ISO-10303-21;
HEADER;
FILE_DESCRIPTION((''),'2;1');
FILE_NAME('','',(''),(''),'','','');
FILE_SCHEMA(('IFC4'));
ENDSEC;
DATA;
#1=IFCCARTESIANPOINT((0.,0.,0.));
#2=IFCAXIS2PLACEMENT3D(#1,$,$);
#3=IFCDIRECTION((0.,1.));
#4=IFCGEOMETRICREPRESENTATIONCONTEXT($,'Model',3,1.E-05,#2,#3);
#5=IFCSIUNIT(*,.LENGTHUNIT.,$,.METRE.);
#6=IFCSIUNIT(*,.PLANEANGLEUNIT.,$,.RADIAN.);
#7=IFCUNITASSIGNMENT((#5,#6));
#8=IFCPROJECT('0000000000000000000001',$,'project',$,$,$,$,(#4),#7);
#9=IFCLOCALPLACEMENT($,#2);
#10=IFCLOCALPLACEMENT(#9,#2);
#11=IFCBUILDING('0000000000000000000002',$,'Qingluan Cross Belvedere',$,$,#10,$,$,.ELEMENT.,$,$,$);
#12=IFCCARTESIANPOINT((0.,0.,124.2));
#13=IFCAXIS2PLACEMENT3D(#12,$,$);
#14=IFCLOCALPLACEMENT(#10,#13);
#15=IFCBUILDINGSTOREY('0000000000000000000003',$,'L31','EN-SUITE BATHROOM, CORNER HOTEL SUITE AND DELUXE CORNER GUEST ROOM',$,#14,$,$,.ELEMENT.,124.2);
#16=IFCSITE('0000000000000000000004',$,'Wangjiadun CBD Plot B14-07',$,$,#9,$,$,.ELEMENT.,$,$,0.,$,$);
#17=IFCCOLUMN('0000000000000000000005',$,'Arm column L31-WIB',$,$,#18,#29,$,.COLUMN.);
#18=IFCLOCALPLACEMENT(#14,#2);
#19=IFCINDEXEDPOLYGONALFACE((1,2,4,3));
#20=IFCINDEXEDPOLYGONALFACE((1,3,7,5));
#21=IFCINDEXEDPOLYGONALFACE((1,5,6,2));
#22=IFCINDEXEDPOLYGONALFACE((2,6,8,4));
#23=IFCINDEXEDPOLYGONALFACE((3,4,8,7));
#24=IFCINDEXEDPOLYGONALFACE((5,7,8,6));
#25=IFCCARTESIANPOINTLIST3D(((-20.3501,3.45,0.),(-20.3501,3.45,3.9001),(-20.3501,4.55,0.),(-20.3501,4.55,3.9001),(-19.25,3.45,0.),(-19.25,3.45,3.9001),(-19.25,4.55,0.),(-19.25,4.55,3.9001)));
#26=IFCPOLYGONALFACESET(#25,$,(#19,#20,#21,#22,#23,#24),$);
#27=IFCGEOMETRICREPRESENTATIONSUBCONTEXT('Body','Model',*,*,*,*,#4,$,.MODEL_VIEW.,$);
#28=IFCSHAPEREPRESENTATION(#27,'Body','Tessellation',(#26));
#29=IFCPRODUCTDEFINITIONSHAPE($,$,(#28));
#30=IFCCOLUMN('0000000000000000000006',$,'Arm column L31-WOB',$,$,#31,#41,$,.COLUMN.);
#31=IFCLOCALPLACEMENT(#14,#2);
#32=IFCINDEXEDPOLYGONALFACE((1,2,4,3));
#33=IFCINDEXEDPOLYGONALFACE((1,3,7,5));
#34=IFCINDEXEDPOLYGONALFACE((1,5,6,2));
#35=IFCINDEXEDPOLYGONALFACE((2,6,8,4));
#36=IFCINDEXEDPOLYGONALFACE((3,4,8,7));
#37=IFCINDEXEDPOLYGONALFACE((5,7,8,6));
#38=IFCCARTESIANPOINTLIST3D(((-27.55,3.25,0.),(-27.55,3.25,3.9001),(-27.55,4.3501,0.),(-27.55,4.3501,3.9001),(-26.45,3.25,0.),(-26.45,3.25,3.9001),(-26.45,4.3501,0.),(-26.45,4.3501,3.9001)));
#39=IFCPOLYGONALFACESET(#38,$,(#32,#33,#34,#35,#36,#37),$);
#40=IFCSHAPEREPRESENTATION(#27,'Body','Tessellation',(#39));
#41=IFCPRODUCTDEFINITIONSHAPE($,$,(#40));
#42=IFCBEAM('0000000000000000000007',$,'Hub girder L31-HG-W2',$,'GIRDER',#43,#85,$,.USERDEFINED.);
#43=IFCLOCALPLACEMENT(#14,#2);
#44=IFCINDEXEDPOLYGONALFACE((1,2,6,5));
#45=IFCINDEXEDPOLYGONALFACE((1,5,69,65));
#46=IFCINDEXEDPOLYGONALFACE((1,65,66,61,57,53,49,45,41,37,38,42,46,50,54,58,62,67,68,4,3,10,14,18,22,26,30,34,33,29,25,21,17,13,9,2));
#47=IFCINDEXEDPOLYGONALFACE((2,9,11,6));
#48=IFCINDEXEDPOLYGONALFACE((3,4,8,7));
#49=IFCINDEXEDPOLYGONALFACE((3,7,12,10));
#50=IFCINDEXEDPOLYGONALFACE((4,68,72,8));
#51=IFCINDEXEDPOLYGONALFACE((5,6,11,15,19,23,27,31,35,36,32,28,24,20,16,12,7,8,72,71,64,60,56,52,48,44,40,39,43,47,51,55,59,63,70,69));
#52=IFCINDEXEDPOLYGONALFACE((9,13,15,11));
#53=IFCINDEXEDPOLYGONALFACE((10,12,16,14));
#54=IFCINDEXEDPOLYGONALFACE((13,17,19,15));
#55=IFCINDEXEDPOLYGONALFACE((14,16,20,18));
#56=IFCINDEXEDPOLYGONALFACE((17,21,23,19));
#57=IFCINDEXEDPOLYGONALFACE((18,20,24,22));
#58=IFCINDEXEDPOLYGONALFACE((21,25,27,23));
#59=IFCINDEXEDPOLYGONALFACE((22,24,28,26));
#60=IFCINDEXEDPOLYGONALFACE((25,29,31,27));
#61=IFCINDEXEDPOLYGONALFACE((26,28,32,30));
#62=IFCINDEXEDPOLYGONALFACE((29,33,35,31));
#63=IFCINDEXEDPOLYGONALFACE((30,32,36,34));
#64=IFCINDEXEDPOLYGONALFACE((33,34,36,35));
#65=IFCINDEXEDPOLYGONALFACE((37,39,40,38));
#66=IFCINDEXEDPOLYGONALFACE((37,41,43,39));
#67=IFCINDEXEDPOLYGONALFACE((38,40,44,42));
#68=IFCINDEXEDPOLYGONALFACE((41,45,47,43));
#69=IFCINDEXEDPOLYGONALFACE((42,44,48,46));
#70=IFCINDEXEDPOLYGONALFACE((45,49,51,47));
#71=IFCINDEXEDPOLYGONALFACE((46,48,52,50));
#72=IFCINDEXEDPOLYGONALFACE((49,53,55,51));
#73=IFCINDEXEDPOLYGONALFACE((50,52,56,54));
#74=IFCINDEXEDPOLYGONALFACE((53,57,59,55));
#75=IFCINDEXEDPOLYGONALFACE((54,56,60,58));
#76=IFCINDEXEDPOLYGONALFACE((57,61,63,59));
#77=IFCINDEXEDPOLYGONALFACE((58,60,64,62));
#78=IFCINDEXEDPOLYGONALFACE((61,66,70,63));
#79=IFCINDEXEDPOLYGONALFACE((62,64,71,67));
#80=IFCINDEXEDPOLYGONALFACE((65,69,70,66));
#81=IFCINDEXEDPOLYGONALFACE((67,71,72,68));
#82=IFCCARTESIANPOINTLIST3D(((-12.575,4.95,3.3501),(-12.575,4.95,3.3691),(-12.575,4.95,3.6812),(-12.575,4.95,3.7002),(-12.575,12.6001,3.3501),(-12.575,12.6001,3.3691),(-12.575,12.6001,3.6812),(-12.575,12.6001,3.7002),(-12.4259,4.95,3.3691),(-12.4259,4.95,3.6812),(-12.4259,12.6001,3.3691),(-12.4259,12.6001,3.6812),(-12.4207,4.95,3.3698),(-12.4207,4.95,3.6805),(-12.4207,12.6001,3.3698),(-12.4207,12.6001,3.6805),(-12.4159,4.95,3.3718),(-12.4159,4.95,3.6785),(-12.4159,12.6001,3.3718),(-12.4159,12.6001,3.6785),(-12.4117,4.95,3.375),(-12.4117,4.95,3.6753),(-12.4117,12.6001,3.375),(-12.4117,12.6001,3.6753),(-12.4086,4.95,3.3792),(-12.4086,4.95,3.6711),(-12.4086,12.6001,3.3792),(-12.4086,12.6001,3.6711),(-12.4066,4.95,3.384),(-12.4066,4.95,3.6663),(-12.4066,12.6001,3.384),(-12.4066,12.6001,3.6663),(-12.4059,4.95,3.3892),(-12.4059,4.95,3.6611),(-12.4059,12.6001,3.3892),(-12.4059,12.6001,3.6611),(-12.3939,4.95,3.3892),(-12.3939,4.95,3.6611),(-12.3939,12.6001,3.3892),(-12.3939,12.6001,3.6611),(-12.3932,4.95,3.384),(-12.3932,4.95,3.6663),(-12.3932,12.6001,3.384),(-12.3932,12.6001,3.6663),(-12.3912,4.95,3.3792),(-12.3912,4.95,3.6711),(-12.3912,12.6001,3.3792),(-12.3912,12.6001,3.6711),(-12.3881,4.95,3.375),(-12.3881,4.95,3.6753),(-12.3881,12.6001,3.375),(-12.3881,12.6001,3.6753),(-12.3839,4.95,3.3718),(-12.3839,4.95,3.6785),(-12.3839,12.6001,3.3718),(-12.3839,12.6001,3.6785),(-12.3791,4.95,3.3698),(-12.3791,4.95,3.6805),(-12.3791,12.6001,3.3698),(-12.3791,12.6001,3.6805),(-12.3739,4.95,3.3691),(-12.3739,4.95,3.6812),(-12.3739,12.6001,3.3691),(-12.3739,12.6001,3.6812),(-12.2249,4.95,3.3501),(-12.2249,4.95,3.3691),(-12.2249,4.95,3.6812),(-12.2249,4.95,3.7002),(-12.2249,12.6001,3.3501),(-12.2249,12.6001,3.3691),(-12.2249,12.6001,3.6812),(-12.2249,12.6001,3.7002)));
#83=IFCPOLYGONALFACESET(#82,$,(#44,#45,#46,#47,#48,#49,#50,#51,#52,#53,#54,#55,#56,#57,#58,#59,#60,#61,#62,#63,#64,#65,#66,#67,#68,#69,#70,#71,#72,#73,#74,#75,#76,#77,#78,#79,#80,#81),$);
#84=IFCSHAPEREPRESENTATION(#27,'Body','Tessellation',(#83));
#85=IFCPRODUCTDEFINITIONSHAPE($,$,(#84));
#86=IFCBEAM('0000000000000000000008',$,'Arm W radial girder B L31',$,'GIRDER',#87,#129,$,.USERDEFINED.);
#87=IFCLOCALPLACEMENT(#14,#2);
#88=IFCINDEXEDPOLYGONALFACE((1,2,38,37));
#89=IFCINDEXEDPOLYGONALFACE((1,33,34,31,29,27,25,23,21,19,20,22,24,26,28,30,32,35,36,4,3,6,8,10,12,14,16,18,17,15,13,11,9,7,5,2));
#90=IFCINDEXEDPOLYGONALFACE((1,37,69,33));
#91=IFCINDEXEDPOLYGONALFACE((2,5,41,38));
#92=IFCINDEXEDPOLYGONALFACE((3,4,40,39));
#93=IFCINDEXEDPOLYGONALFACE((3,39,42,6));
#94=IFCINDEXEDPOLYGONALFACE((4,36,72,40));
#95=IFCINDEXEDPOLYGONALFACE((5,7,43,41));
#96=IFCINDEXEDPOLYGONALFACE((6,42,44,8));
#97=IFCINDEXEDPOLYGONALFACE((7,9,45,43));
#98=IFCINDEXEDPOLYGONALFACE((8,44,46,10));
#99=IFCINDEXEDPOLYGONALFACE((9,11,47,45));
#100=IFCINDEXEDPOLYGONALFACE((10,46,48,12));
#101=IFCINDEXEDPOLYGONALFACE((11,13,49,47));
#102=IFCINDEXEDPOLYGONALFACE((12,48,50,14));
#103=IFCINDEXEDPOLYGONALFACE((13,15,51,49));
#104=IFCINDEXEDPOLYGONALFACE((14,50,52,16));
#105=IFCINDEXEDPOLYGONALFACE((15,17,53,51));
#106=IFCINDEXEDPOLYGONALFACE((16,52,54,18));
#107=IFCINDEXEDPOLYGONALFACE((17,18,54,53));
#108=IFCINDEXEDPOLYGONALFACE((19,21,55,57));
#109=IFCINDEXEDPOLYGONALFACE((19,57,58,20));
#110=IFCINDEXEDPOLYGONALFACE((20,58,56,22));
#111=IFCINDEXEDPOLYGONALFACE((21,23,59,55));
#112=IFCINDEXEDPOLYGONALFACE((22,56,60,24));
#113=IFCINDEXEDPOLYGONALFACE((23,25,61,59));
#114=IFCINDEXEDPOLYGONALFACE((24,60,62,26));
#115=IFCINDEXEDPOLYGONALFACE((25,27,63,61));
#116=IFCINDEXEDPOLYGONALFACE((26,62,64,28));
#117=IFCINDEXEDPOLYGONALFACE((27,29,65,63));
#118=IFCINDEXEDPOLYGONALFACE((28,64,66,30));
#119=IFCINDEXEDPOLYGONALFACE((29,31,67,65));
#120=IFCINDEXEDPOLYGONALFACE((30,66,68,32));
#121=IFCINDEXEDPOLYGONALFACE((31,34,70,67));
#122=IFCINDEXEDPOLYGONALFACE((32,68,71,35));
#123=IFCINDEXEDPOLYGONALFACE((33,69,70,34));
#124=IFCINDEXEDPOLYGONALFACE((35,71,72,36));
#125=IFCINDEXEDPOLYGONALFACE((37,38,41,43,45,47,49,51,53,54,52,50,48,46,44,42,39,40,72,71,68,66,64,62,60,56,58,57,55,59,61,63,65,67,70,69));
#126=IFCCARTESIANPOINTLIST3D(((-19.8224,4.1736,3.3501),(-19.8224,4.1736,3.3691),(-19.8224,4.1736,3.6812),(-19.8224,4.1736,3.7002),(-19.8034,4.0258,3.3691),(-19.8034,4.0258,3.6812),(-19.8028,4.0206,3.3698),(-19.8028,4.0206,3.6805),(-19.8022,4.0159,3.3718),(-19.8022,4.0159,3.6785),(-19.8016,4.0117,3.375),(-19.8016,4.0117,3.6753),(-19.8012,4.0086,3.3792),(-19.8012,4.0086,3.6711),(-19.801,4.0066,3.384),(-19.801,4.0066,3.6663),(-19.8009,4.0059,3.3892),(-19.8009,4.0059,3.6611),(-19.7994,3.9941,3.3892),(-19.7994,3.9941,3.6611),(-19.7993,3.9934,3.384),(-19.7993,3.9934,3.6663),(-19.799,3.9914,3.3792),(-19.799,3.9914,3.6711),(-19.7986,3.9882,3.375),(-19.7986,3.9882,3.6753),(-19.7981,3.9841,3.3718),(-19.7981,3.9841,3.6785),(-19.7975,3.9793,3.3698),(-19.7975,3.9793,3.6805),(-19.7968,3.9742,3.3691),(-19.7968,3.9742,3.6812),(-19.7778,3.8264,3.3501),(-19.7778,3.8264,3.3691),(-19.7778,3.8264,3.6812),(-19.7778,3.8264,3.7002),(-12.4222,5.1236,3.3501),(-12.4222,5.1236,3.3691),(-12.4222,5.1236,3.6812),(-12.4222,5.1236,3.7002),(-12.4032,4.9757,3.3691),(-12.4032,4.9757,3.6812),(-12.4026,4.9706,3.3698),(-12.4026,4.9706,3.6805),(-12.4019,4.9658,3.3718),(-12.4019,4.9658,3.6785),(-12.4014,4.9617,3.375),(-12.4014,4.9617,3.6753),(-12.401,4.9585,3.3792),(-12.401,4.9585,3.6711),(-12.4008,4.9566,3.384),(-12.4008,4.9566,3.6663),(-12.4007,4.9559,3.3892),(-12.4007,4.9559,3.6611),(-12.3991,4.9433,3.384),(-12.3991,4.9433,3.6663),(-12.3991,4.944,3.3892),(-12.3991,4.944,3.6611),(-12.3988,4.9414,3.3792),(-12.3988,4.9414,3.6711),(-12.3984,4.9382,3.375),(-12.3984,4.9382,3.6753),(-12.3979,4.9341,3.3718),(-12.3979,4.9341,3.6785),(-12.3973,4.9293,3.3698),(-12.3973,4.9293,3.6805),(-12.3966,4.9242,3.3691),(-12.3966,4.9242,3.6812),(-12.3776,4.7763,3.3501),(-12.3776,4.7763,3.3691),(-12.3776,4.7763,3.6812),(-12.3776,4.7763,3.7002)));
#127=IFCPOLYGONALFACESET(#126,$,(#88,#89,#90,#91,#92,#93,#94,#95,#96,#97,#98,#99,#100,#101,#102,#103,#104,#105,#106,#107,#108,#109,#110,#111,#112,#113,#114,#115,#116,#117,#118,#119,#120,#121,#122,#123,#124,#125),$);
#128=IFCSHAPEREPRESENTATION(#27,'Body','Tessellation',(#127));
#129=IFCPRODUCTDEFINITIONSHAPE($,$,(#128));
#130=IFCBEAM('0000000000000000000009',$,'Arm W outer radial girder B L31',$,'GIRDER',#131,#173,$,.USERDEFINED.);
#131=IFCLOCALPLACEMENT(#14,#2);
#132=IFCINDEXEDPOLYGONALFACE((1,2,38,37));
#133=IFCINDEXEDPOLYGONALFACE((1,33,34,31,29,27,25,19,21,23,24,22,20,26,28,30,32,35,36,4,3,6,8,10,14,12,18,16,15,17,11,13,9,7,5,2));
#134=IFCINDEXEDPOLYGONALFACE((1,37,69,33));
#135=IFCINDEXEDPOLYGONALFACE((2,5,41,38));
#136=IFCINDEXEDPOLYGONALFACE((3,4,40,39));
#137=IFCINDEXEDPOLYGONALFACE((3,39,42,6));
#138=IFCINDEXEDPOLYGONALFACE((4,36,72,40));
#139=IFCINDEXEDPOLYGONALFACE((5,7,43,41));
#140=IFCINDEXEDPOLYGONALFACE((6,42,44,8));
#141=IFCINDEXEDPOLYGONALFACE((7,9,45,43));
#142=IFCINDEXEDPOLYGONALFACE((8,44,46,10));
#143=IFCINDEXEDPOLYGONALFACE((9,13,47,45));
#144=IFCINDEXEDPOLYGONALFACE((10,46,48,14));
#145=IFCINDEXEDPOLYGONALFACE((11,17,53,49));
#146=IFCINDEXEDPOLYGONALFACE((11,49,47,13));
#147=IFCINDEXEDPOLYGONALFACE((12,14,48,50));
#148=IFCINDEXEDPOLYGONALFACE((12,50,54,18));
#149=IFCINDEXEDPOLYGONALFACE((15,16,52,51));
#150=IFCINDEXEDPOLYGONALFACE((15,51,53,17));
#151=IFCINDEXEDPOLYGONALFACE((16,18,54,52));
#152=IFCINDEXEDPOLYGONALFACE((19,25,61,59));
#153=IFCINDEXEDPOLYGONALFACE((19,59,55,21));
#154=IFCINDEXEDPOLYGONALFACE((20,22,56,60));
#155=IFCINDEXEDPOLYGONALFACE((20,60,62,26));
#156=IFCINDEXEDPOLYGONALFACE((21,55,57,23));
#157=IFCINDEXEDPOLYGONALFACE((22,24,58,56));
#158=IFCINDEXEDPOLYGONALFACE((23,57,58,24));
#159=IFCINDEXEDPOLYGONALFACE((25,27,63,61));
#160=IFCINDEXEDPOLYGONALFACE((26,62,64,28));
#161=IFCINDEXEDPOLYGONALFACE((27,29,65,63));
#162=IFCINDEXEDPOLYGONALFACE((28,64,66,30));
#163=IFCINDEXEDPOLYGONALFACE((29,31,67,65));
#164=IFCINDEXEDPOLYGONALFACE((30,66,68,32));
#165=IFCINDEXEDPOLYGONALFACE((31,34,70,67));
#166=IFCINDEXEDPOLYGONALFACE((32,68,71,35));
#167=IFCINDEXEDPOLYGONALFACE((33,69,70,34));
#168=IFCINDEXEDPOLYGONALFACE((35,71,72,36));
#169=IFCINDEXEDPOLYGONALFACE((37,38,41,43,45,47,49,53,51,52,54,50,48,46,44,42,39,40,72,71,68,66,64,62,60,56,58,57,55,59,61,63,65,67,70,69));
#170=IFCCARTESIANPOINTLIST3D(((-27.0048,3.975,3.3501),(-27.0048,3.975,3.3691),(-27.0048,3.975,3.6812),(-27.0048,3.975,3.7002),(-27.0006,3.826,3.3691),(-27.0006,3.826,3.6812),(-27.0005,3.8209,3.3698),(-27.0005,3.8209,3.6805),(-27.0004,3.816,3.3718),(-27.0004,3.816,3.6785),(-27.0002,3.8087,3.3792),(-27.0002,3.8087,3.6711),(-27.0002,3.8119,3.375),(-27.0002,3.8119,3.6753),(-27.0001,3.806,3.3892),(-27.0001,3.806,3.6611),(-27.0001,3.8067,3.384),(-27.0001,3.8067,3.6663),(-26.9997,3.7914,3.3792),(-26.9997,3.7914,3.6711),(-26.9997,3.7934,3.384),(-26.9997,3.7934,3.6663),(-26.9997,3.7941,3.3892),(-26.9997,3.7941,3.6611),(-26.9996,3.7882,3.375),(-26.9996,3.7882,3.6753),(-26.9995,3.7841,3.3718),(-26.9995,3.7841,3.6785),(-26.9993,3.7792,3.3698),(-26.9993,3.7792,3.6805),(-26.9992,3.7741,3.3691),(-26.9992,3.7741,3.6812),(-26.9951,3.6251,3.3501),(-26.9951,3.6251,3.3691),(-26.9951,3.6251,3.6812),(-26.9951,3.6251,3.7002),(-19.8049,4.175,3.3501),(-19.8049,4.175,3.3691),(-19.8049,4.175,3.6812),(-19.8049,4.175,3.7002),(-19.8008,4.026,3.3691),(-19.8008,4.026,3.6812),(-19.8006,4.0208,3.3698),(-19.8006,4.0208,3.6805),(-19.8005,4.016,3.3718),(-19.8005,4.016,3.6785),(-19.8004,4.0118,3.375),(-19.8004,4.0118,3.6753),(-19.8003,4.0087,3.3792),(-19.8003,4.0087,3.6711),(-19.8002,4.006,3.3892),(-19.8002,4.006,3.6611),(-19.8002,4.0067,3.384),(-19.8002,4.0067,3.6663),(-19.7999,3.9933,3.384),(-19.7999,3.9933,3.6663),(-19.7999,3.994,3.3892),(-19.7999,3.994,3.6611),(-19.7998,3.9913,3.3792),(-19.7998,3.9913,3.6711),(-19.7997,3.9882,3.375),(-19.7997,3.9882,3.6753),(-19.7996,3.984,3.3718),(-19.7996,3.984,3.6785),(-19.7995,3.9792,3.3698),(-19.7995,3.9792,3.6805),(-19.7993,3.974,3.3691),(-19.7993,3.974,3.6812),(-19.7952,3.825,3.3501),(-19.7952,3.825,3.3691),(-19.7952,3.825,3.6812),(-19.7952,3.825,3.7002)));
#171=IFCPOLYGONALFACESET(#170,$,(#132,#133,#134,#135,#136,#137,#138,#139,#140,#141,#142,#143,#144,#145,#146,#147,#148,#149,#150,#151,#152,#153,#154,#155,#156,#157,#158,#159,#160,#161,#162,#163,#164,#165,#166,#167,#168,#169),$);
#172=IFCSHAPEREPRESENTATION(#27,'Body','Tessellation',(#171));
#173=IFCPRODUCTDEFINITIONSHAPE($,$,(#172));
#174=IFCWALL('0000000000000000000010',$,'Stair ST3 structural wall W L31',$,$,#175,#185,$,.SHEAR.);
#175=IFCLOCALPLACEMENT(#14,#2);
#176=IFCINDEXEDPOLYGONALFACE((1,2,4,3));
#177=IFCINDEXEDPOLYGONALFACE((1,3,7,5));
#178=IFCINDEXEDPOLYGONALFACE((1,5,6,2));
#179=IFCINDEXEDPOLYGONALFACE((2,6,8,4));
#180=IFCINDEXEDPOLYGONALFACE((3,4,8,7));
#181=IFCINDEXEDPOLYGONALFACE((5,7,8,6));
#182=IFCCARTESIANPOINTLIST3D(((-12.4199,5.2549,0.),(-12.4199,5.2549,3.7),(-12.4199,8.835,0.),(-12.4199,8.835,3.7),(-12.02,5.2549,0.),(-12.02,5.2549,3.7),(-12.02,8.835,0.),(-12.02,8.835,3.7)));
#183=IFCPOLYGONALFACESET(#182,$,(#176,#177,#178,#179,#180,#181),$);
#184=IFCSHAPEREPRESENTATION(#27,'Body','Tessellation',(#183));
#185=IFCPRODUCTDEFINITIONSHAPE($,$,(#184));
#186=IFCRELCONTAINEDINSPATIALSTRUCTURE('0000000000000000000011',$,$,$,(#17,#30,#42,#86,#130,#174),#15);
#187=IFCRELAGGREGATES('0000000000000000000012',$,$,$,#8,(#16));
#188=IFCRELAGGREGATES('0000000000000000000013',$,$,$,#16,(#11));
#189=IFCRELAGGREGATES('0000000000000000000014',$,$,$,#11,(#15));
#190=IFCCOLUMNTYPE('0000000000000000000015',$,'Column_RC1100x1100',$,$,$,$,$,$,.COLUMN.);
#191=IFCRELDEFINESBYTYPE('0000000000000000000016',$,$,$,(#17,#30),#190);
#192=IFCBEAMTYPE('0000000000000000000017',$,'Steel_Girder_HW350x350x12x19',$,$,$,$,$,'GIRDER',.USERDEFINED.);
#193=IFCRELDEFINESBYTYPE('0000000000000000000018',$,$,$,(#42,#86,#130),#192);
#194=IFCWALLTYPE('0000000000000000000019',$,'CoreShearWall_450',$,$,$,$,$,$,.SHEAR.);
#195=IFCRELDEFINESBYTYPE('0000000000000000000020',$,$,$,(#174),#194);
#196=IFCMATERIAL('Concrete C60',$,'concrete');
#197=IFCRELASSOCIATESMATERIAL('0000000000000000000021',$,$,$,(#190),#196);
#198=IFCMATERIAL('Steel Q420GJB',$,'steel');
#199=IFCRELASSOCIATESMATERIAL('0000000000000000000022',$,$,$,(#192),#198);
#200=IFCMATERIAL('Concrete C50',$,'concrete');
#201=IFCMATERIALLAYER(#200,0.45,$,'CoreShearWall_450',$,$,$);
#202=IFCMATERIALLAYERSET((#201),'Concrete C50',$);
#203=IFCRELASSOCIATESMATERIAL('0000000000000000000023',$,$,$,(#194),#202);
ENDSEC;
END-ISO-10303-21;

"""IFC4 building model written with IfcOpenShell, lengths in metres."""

from ifc_helpers import new_model, si_unit, direction, frame, frame_2d, origin, origin_2d, place, context, subcontext, project, spatial, rectangle, i_section, extrude, material, layer, layer_set, material_profile, profile_set, type_object, element, save


model = new_model("IFC4")

# Units and contexts
model_context = context("Model", 3, precision=1e-05, world=origin(), true_north=direction((0.0, 1.0)))
body_context = subcontext(model_context, "Body", "Model", "MODEL_VIEW")
ifc_project = project(units=[si_unit("LENGTHUNIT", "METRE"), si_unit("PLANEANGLEUNIT", "RADIAN")], contexts=[model_context])

# Site, building, storey
site_placement = place(None, origin())
site = spatial("IfcSite", under=ifc_project, at=site_placement, Name="Wangjiadun CBD Plot B14-07", CompositionType="ELEMENT", RefElevation=0.0)
building_placement = place(site_placement, origin())
building = spatial("IfcBuilding", under=site, at=building_placement, Name="Qingluan Cross Belvedere", CompositionType="ELEMENT")
storey_placement = place(building_placement, frame((0.0, 0.0, 124.2)))
storey = spatial("IfcBuildingStorey", under=building, at=storey_placement, Name="L31", Description="EN-SUITE BATHROOM, CORNER HOTEL SUITE AND DELUXE CORNER GUEST ROOM", CompositionType="ELEMENT", Elevation=124.2)

# Columns
ifc_material_1 = material(Name="Concrete C60", Category="concrete")
ifc_material_profile_1 = material_profile(ifc_material_1, rectangle(XDim=1.1001, YDim=1.1001, at=origin_2d()), Name="RC1100x1100")
ifc_profile_set_1 = profile_set([ifc_material_profile_1], Name="Concrete C60")
column_type = type_object("IfcColumnType", Name="Column_RC1100x1100", PredefinedType="COLUMN", material=ifc_profile_set_1)
for number, where, z_axis, x_axis, name in (
    (1, (-19.8, 4.0, 0.0), (0.0, 0.0, 1.0), (1.0, 0.0, 0.0), "Arm column L31-WIB"),
    (2, (-27.0, 3.8, 0.0), (0.0, 0.0, 1.0), (1.0, 0.0, 0.0), "Arm column L31-WOB"),
):
    element("IfcColumn", number, at=place(storey_placement, frame(where, z_axis=z_axis, x_axis=x_axis)), inside=storey, type_object=column_type, Name=name, PredefinedType="COLUMN", context=body_context, shape_type="SweptSolid", body=[
        extrude(rectangle(XDim=1.1001, YDim=1.1001, at=origin_2d()), origin(), (0.0, 0.0, 1.0), 3.9001),
    ])

# Beams
ifc_material_2 = material(Name="Steel Q420GJB", Category="steel")
ifc_material_profile_2 = material_profile(ifc_material_2, i_section(OverallWidth=0.3501, OverallDepth=0.3501, WebThickness=0.012, FlangeThickness=0.019, FilletRadius=0.02, at=origin_2d()), Name="HW350x350x12x19")
ifc_profile_set_2 = profile_set([ifc_material_profile_2], Name="Steel Q420GJB")
beam_type = type_object("IfcBeamType", Name="Steel_Girder_HW350x350x12x19", ElementType="GIRDER", PredefinedType="USERDEFINED", material=ifc_profile_set_2)
beam_1_placement = place(storey_placement, frame((-12.3999, 4.95, 3.5251), z_axis=(0.0, 1.0, 0.0), x_axis=(-1.0, 0.0, 0.0)))
element("IfcBeam", 3, at=beam_1_placement, inside=storey, type_object=beam_type, Name="Hub girder L31-HG-W2", ObjectType="GIRDER", PredefinedType="USERDEFINED", context=body_context, shape_type="SweptSolid", body=[
    extrude(i_section(OverallWidth=0.3501, OverallDepth=0.3501, WebThickness=0.012, FlangeThickness=0.019, FilletRadius=0.02, at=origin_2d()), origin(), (0.0, 0.0, 1.0), 7.6501),
])
beam_2_placement = place(storey_placement, frame((-12.3999, 4.95, 3.5251), z_axis=(-0.991861, -0.127324, 0.0), x_axis=(0.127324, -0.991861, 0.0)))
element("IfcBeam", 4, at=beam_2_placement, inside=storey, type_object=beam_type, Name="Arm W radial girder B L31", ObjectType="GIRDER", PredefinedType="USERDEFINED", context=body_context, shape_type="SweptSolid", body=[
    extrude(i_section(OverallWidth=0.3501, OverallDepth=0.3501, WebThickness=0.012, FlangeThickness=0.019, FilletRadius=0.02, at=origin_2d()), origin(), (0.0, 0.0, 1.0), 7.4609),
])
beam_3_placement = place(storey_placement, frame((-19.8, 4.0, 3.5251), z_axis=(-0.999615, -0.02776, 0.0), x_axis=(0.02776, -0.999615, 0.0)))
element("IfcBeam", 5, at=beam_3_placement, inside=storey, type_object=beam_type, Name="Arm W outer radial girder B L31", ObjectType="GIRDER", PredefinedType="USERDEFINED", context=body_context, shape_type="SweptSolid", body=[
    extrude(i_section(OverallWidth=0.3501, OverallDepth=0.3501, WebThickness=0.012, FlangeThickness=0.019, FilletRadius=0.02, at=origin_2d()), origin(), (0.0, 0.0, 1.0), 7.2026),
])

# Wall
ifc_material_3 = material(Name="Concrete C50", Category="concrete")
ifc_layer_1 = layer(ifc_material_3, 0.45, Name="CoreShearWall_450")
ifc_layer_set_1 = layer_set([ifc_layer_1], Name="Concrete C50")
wall_type_1 = type_object("IfcWallType", Name="CoreShearWall_450", PredefinedType="SHEAR", material=ifc_layer_set_1)
wall_1_placement = place(storey_placement, frame((-12.22, 5.2549, 0.0), z_axis=(0.0, 0.0, 1.0), x_axis=(0.0, 1.0, 0.0)))
element("IfcWall", 6, at=wall_1_placement, inside=storey, type_object=wall_type_1, Name="Stair ST3 structural wall W L31", PredefinedType="SHEAR", context=body_context, shape_type="SweptSolid", body=[
    extrude(rectangle(XDim=3.5801, YDim=0.3999, at=frame_2d((1.79, 0.0))), origin(), (0.0, 0.0, 1.0), 3.7),
])

save(model, "model.ifc")
